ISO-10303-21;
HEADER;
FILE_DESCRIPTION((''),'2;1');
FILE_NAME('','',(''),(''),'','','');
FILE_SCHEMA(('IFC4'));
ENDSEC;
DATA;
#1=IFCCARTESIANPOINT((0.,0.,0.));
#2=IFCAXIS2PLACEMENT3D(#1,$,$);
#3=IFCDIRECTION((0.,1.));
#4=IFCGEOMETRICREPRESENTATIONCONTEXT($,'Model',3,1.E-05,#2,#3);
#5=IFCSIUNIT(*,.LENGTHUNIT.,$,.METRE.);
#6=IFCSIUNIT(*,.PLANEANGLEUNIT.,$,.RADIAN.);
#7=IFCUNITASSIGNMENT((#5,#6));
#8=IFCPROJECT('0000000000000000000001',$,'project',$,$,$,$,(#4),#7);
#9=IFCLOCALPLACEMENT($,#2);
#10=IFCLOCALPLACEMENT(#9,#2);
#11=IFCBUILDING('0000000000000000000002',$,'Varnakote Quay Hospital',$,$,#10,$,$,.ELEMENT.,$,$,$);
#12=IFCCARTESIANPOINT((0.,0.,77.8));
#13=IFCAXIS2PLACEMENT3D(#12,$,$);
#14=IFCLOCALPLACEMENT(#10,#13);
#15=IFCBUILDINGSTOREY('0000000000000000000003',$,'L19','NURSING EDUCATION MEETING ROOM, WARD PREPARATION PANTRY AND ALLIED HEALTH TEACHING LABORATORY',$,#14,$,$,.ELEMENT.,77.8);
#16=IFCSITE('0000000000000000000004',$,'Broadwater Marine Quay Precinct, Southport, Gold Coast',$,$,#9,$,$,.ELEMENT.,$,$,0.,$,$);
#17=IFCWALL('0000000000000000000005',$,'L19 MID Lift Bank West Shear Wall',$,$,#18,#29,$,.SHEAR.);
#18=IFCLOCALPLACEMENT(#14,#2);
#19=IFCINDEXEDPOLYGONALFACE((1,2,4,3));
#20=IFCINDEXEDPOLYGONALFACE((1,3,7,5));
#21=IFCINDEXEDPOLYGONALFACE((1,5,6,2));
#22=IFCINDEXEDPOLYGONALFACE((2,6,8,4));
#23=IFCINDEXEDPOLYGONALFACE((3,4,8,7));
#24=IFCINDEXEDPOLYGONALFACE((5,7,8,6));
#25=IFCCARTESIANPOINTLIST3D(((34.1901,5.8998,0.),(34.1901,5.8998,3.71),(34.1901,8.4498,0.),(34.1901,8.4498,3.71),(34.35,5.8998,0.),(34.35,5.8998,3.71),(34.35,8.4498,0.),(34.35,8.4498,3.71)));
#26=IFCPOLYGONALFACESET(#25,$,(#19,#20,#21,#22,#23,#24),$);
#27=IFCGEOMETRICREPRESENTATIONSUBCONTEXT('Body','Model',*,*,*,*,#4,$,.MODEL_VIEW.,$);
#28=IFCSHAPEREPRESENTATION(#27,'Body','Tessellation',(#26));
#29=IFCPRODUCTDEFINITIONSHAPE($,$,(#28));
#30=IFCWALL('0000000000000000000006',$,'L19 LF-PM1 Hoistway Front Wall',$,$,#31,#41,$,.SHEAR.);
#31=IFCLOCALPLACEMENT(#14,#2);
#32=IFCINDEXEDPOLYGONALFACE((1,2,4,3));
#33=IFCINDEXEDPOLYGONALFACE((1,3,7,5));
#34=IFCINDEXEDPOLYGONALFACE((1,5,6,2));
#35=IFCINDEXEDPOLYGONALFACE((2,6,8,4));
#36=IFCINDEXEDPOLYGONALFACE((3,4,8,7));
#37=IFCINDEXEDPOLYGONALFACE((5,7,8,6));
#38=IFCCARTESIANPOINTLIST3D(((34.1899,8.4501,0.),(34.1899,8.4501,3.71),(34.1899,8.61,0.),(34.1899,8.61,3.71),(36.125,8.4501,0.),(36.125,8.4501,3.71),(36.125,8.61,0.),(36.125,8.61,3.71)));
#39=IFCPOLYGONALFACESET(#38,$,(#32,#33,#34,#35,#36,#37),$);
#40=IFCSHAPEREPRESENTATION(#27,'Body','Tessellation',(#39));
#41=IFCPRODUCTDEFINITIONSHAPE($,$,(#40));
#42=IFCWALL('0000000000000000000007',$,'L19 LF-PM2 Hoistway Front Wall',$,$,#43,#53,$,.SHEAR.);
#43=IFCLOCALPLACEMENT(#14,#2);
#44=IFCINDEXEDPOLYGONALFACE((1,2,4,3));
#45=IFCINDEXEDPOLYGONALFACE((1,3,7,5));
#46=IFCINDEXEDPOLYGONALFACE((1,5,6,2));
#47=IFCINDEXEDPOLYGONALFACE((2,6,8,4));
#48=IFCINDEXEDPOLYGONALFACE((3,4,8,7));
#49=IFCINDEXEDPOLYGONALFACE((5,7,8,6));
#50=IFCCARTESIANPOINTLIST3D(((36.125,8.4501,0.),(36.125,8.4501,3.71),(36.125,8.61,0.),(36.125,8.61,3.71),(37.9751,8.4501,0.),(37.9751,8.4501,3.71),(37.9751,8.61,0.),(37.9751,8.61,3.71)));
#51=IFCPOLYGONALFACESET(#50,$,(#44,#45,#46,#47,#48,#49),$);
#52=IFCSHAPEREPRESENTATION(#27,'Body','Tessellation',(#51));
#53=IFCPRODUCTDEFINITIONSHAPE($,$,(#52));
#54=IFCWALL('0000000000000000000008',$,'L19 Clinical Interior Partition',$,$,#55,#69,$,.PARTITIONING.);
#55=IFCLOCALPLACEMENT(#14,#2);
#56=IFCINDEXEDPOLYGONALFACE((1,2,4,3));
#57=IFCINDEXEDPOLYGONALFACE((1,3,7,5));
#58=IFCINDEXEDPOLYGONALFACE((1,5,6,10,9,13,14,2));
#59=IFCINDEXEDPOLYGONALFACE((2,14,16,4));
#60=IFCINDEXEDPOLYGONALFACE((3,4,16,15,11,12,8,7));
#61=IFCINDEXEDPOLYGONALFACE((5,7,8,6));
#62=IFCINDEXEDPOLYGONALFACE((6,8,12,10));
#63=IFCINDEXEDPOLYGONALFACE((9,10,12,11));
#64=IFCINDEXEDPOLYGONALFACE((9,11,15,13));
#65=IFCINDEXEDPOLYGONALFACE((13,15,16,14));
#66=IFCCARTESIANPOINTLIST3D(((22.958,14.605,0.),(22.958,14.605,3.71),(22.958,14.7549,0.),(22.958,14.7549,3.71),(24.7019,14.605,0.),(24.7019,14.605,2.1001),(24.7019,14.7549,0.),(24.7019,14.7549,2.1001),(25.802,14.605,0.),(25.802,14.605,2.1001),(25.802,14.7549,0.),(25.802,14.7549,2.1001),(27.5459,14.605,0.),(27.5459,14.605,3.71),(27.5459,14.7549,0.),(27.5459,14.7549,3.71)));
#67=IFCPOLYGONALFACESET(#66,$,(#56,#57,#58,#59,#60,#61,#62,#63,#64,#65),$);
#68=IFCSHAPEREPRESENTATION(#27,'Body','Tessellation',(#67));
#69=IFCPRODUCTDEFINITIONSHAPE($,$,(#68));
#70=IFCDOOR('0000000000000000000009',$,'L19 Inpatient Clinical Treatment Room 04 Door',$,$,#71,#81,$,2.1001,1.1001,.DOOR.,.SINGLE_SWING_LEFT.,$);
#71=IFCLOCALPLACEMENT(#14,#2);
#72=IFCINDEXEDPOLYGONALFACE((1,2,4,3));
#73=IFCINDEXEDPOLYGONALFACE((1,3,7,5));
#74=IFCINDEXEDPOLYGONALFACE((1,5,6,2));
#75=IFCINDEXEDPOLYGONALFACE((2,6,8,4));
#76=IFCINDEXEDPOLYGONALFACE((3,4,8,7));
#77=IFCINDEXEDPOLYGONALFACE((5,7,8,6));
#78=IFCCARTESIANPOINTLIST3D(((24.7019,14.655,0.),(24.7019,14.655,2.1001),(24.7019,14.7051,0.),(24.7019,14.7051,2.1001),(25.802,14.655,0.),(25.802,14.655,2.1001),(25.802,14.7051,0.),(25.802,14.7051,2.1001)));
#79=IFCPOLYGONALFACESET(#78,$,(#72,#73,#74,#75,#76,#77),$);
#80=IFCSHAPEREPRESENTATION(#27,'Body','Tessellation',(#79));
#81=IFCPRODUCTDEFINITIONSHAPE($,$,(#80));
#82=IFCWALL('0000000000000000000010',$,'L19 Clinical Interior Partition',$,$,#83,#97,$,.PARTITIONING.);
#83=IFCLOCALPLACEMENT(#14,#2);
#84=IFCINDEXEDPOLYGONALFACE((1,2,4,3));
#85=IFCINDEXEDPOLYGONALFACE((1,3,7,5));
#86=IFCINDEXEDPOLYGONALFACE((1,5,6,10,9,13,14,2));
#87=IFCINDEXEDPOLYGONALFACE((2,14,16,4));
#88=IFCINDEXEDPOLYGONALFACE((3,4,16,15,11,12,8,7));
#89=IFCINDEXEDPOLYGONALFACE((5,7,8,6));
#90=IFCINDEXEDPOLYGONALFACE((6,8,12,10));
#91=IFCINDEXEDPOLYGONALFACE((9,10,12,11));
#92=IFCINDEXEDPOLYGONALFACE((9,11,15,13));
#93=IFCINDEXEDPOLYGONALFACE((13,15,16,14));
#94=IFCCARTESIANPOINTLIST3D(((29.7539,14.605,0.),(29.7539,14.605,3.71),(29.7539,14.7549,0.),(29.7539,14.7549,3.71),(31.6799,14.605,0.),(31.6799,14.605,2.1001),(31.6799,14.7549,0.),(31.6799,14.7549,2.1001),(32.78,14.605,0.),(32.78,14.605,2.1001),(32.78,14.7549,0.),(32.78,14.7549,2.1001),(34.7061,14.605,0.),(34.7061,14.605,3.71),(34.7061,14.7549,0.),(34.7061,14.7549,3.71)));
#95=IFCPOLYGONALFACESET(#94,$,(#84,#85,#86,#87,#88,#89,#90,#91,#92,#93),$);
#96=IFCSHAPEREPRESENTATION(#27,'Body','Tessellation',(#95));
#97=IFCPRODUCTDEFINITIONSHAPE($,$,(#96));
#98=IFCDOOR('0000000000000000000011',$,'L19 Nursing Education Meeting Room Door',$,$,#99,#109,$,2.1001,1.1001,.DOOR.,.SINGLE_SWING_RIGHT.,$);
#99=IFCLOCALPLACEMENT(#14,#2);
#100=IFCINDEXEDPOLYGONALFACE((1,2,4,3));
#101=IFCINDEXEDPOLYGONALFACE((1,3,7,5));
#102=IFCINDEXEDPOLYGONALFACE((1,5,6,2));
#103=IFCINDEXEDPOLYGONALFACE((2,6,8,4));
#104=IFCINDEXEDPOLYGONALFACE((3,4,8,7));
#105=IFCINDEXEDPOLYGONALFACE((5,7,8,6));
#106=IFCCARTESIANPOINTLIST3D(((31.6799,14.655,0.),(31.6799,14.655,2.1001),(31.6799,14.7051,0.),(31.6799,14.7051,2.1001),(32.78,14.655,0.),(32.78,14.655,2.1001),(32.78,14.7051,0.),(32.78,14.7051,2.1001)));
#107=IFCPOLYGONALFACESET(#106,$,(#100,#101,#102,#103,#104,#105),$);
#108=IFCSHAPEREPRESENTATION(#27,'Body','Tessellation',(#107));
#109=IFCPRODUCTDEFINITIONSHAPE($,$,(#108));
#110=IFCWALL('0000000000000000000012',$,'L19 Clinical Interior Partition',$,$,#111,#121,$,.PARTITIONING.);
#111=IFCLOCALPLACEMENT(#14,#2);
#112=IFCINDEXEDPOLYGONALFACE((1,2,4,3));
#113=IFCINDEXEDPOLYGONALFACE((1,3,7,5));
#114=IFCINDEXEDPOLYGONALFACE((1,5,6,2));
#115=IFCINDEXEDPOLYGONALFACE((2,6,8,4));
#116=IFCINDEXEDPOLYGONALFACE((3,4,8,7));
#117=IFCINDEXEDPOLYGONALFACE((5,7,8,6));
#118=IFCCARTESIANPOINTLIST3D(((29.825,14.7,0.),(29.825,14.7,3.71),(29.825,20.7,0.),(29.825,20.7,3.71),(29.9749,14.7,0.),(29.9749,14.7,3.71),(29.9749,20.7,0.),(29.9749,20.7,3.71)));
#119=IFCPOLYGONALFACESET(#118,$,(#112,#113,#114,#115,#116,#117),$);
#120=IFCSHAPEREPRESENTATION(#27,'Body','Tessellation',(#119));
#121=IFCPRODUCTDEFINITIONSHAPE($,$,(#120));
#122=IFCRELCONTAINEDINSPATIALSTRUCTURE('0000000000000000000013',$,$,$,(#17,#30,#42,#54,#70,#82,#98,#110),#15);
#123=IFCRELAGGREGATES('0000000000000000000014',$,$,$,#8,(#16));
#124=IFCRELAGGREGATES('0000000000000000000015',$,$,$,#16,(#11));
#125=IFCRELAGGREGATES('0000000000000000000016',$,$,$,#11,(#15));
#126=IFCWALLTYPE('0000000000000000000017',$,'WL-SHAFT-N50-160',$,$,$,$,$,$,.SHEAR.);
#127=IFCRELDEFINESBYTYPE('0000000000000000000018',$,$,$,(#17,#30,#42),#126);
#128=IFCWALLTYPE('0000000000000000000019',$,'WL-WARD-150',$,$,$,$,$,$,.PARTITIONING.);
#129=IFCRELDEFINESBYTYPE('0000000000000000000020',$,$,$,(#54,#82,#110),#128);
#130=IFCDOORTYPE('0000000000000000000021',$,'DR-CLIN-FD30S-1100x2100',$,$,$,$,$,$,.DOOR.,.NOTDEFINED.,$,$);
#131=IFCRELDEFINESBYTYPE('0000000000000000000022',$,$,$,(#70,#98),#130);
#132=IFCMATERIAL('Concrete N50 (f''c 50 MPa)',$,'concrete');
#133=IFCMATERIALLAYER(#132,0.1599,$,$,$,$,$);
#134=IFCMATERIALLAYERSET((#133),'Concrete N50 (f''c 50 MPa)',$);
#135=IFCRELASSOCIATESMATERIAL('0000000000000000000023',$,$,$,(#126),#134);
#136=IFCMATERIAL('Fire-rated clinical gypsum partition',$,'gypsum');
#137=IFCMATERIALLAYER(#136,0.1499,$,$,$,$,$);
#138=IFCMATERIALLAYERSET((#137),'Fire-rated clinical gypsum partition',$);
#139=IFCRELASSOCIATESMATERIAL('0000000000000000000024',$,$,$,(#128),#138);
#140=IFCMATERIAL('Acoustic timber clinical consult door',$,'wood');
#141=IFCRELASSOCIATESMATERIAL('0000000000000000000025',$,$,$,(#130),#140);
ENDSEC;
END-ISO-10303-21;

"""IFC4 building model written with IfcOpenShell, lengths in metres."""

from ifc_helpers import new_model, si_unit, direction, frame, frame_2d, origin, place, context, subcontext, project, spatial, rectangle, extrude, material, layer, layer_set, type_object, element, fill, save


model = new_model("IFC4")

# Units and contexts
model_context = context("Model", 3, precision=1e-05, world=origin(), true_north=direction((0.0, 1.0)))
body_context = subcontext(model_context, "Body", "Model", "MODEL_VIEW")
ifc_project = project(units=[si_unit("LENGTHUNIT", "METRE"), si_unit("PLANEANGLEUNIT", "RADIAN")], contexts=[model_context])

# Site, building, storey
site_placement = place(None, origin())
site = spatial("IfcSite", under=ifc_project, at=site_placement, Name="Broadwater Marine Quay Precinct, Southport, Gold Coast", CompositionType="ELEMENT", RefElevation=0.0)
building_placement = place(site_placement, origin())
building = spatial("IfcBuilding", under=site, at=building_placement, Name="Varnakote Quay Hospital", CompositionType="ELEMENT")
storey_placement = place(building_placement, frame((0.0, 0.0, 77.8)))
storey = spatial("IfcBuildingStorey", under=building, at=storey_placement, Name="L19", Description="NURSING EDUCATION MEETING ROOM, WARD PREPARATION PANTRY AND ALLIED HEALTH TEACHING LABORATORY", CompositionType="ELEMENT", Elevation=77.8)

# Shared definitions
ifc_material_1 = material(Name="Concrete N50 (f'c 50 MPa)", Category="concrete")
ifc_layer_1 = layer(ifc_material_1, 0.1599)
ifc_layer_set_1 = layer_set([ifc_layer_1], Name="Concrete N50 (f'c 50 MPa)")
wall_type_1 = type_object("IfcWallType", Name="WL-SHAFT-N50-160", PredefinedType="SHEAR", material=ifc_layer_set_1)

# Walls
wall_1_placement = place(storey_placement, frame((34.27, 5.8999, 0.0), z_axis=(0.0, 0.0, 1.0), x_axis=(0.0, 1.0, 0.0)))
element("IfcWall", 1, at=wall_1_placement, inside=storey, type_object=wall_type_1, Name="L19 MID Lift Bank West Shear Wall", PredefinedType="SHEAR", context=body_context, shape_type="SweptSolid", body=[
    extrude(rectangle(XDim=2.55, YDim=0.1599, at=frame_2d((1.2749, 0.0))), origin(), (0.0, 0.0, 1.0), 3.71),
])
wall_2_placement = place(storey_placement, frame((34.1899, 8.53, 0.0), z_axis=(0.0, 0.0, 1.0), x_axis=(1.0, 0.0, 0.0)))
element("IfcWall", 2, at=wall_2_placement, inside=storey, type_object=wall_type_1, Name="L19 LF-PM1 Hoistway Front Wall", PredefinedType="SHEAR", context=body_context, shape_type="SweptSolid", body=[
    extrude(rectangle(XDim=1.9351, YDim=0.1599, at=frame_2d((0.9675, 0.0))), origin(), (0.0, 0.0, 1.0), 3.71),
])
wall_3_placement = place(storey_placement, frame((36.125, 8.53, 0.0), z_axis=(0.0, 0.0, 1.0), x_axis=(1.0, 0.0, 0.0)))
element("IfcWall", 3, at=wall_3_placement, inside=storey, type_object=wall_type_1, Name="L19 LF-PM2 Hoistway Front Wall", PredefinedType="SHEAR", context=body_context, shape_type="SweptSolid", body=[
    extrude(rectangle(XDim=1.8501, YDim=0.1599, at=frame_2d((0.925, 0.0))), origin(), (0.0, 0.0, 1.0), 3.71),
])

# Walls, openings, doors
ifc_material_2 = material(Name="Fire-rated clinical gypsum partition", Category="gypsum")
ifc_layer_2 = layer(ifc_material_2, 0.1499)
ifc_layer_set_2 = layer_set([ifc_layer_2], Name="Fire-rated clinical gypsum partition")
wall_type_2 = type_object("IfcWallType", Name="WL-WARD-150", PredefinedType="PARTITIONING", material=ifc_layer_set_2)
wall_4_placement = place(storey_placement, frame((27.5459, 14.6799, 0.0), z_axis=(0.0, 0.0, 1.0), x_axis=(-1.0, 0.0, 0.0)))
wall_4 = element("IfcWall", 4, at=wall_4_placement, inside=storey, type_object=wall_type_2, Name="L19 Clinical Interior Partition", PredefinedType="PARTITIONING", context=body_context, shape_type="SweptSolid", body=[
    extrude(rectangle(XDim=4.5879, YDim=0.1499, at=frame_2d((2.2939, 0.0))), origin(), (0.0, 0.0, 1.0), 3.71),
])
opening_1_placement = place(wall_4_placement, frame((1.7439, 0.0, 0.0)))
opening_1 = element("IfcOpeningElement", 5, at=opening_1_placement, cuts=wall_4, PredefinedType="OPENING", context=body_context, shape_type="SweptSolid", body=[
    extrude(rectangle(XDim=1.1001, YDim=2.1001, at=frame_2d((0.55, 1.05))), frame((0.0, 0.085, 0.0), z_axis=(0.0, -1.0, 0.0), x_axis=(1.0, 0.0, 0.0)), (0.0, 0.0, 1.0), 0.1699),
])
ifc_material_3 = material(Name="Acoustic timber clinical consult door", Category="wood")
door_type_1 = type_object("IfcDoorType", Name="DR-CLIN-FD30S-1100x2100", OperationType="NOTDEFINED", PredefinedType="DOOR", material=ifc_material_3)
door_1_placement = place(opening_1_placement, origin())
door_1 = element("IfcDoor", 6, at=door_1_placement, inside=storey, type_object=door_type_1, Name="L19 Inpatient Clinical Treatment Room 04 Door", OperationType="SINGLE_SWING_LEFT", OverallHeight=2.1001, OverallWidth=1.1001, PredefinedType="DOOR", context=body_context, shape_type="SweptSolid", body=[
    extrude(rectangle(XDim=1.1001, YDim=2.1001, at=frame_2d((0.55, 1.05))), frame((0.0, 0.0249, 0.0), z_axis=(0.0, -1.0, 0.0), x_axis=(1.0, 0.0, 0.0)), (0.0, 0.0, 1.0), 0.05),
])
fill(opening_1, door_1)
wall_5_placement = place(storey_placement, frame((34.7061, 14.6799, 0.0), z_axis=(0.0, 0.0, 1.0), x_axis=(-1.0, 0.0, 0.0)))
wall_5 = element("IfcWall", 7, at=wall_5_placement, inside=storey, type_object=wall_type_2, Name="L19 Clinical Interior Partition", PredefinedType="PARTITIONING", context=body_context, shape_type="SweptSolid", body=[
    extrude(rectangle(XDim=4.9521, YDim=0.1499, at=frame_2d((2.4761, 0.0))), origin(), (0.0, 0.0, 1.0), 3.71),
])
opening_2_placement = place(wall_5_placement, frame((1.926, 0.0, 0.0)))
opening_2 = element("IfcOpeningElement", 8, at=opening_2_placement, cuts=wall_5, PredefinedType="OPENING", context=body_context, shape_type="SweptSolid", body=[
    extrude(rectangle(XDim=1.1001, YDim=2.1001, at=frame_2d((0.55, 1.05))), frame((0.0, 0.085, 0.0), z_axis=(0.0, -1.0, 0.0), x_axis=(1.0, 0.0, 0.0)), (0.0, 0.0, 1.0), 0.1699),
])
door_2_placement = place(opening_2_placement, origin())
door_2 = element("IfcDoor", 9, at=door_2_placement, inside=storey, type_object=door_type_1, Name="L19 Nursing Education Meeting Room Door", OperationType="SINGLE_SWING_RIGHT", OverallHeight=2.1001, OverallWidth=1.1001, PredefinedType="DOOR", context=body_context, shape_type="SweptSolid", body=[
    extrude(rectangle(XDim=1.1001, YDim=2.1001, at=frame_2d((0.55, 1.05))), frame((0.0, 0.0249, 0.0), z_axis=(0.0, -1.0, 0.0), x_axis=(1.0, 0.0, 0.0)), (0.0, 0.0, 1.0), 0.05),
])
fill(opening_2, door_2)

# Wall
wall_6_placement = place(storey_placement, frame((29.8999, 14.7, 0.0), z_axis=(0.0, 0.0, 1.0), x_axis=(0.0, 1.0, 0.0)))
element("IfcWall", 10, at=wall_6_placement, inside=storey, type_object=wall_type_2, Name="L19 Clinical Interior Partition", PredefinedType="PARTITIONING", context=body_context, shape_type="SweptSolid", body=[
    extrude(rectangle(XDim=6.0, YDim=0.1499, at=frame_2d((3.0, 0.0))), origin(), (0.0, 0.0, 1.0), 3.71),
])

save(model, "model.ifc")
